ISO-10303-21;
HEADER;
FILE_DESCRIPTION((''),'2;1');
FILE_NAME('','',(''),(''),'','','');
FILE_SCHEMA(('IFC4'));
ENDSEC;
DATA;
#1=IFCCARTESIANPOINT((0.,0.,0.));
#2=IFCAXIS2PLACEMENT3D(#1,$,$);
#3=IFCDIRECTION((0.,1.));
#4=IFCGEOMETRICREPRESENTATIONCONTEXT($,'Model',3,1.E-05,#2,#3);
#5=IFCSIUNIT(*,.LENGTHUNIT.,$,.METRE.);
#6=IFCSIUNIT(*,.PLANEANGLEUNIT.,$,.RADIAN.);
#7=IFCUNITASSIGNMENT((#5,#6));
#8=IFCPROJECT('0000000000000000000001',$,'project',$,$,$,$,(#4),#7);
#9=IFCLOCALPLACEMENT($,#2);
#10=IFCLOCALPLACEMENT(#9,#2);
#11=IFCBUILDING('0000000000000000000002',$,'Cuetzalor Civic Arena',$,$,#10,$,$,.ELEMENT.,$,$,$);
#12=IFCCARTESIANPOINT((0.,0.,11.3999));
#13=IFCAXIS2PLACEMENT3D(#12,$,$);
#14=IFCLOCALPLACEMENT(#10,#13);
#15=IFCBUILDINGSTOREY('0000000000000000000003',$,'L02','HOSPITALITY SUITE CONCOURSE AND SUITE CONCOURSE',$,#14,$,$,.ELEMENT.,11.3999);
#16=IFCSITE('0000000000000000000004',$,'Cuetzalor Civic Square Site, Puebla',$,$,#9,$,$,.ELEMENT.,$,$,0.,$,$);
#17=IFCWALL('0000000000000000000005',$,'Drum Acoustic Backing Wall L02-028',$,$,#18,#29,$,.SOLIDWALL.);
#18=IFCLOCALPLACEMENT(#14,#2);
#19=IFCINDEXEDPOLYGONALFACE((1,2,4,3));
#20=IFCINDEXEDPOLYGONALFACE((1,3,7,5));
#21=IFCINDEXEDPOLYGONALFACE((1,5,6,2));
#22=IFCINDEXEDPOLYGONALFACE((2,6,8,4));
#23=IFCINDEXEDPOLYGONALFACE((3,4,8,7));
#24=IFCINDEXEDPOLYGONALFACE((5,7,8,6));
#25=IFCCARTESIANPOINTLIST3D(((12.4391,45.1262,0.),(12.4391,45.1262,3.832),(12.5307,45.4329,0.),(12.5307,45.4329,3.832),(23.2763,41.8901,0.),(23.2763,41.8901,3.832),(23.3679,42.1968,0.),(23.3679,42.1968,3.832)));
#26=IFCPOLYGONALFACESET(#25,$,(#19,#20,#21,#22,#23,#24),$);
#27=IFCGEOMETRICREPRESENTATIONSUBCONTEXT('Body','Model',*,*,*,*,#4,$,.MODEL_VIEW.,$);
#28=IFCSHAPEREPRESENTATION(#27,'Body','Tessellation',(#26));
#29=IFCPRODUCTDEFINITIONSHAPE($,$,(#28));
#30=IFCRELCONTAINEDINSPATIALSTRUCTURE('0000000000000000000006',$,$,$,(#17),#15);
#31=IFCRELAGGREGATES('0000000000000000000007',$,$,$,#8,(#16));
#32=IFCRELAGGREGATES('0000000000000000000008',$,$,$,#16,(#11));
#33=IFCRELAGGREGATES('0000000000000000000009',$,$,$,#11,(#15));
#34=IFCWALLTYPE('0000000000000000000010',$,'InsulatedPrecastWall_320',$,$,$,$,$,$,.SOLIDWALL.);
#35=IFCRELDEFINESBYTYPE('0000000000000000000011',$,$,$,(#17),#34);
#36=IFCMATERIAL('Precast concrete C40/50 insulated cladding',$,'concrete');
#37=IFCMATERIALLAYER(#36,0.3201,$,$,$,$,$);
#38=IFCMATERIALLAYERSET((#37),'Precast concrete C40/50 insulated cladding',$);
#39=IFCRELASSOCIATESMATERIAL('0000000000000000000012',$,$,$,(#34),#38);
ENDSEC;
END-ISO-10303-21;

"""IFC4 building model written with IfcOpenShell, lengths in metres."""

from ifc_helpers import new_model, si_unit, direction, frame, frame_2d, origin, place, context, subcontext, project, spatial, rectangle, extrude, material, layer, layer_set, type_object, element, save


model = new_model("IFC4")

# Units and contexts
model_context = context("Model", 3, precision=1e-05, world=origin(), true_north=direction((0.0, 1.0)))
body_context = subcontext(model_context, "Body", "Model", "MODEL_VIEW")
ifc_project = project(units=[si_unit("LENGTHUNIT", "METRE"), si_unit("PLANEANGLEUNIT", "RADIAN")], contexts=[model_context])

# Site, building, storey
site_placement = place(None, origin())
site = spatial("IfcSite", under=ifc_project, at=site_placement, Name="Cuetzalor Civic Square Site, Puebla", CompositionType="ELEMENT", RefElevation=0.0)
building_placement = place(site_placement, origin())
building = spatial("IfcBuilding", under=site, at=building_placement, Name="Cuetzalor Civic Arena", CompositionType="ELEMENT")
storey_placement = place(building_placement, frame((0.0, 0.0, 11.3999)))
storey = spatial("IfcBuildingStorey", under=building, at=storey_placement, Name="L02", Description="HOSPITALITY SUITE CONCOURSE AND SUITE CONCOURSE", CompositionType="ELEMENT", Elevation=11.3999)

# Wall
ifc_material_1 = material(Name="Precast concrete C40/50 insulated cladding", Category="concrete")
ifc_layer_1 = layer(ifc_material_1, 0.3201)
ifc_layer_set_1 = layer_set([ifc_layer_1], Name="Precast concrete C40/50 insulated cladding")
wall_type = type_object("IfcWallType", Name="InsulatedPrecastWall_320", PredefinedType="SOLIDWALL", material=ifc_layer_set_1)
wall_placement = place(storey_placement, frame((12.4849, 45.2795, 0.0), z_axis=(0.0, 0.0, 1.0), x_axis=(0.958192, -0.286126, 0.0)))
element("IfcWall", 1, at=wall_placement, inside=storey, type_object=wall_type, Name="Drum Acoustic Backing Wall L02-028", PredefinedType="SOLIDWALL", context=body_context, shape_type="SweptSolid", body=[
    extrude(rectangle(XDim=11.3101, YDim=0.3201, at=frame_2d((5.655, 0.0))), origin(), (0.0, 0.0, 1.0), 3.832),
])

save(model, "model.ifc")
